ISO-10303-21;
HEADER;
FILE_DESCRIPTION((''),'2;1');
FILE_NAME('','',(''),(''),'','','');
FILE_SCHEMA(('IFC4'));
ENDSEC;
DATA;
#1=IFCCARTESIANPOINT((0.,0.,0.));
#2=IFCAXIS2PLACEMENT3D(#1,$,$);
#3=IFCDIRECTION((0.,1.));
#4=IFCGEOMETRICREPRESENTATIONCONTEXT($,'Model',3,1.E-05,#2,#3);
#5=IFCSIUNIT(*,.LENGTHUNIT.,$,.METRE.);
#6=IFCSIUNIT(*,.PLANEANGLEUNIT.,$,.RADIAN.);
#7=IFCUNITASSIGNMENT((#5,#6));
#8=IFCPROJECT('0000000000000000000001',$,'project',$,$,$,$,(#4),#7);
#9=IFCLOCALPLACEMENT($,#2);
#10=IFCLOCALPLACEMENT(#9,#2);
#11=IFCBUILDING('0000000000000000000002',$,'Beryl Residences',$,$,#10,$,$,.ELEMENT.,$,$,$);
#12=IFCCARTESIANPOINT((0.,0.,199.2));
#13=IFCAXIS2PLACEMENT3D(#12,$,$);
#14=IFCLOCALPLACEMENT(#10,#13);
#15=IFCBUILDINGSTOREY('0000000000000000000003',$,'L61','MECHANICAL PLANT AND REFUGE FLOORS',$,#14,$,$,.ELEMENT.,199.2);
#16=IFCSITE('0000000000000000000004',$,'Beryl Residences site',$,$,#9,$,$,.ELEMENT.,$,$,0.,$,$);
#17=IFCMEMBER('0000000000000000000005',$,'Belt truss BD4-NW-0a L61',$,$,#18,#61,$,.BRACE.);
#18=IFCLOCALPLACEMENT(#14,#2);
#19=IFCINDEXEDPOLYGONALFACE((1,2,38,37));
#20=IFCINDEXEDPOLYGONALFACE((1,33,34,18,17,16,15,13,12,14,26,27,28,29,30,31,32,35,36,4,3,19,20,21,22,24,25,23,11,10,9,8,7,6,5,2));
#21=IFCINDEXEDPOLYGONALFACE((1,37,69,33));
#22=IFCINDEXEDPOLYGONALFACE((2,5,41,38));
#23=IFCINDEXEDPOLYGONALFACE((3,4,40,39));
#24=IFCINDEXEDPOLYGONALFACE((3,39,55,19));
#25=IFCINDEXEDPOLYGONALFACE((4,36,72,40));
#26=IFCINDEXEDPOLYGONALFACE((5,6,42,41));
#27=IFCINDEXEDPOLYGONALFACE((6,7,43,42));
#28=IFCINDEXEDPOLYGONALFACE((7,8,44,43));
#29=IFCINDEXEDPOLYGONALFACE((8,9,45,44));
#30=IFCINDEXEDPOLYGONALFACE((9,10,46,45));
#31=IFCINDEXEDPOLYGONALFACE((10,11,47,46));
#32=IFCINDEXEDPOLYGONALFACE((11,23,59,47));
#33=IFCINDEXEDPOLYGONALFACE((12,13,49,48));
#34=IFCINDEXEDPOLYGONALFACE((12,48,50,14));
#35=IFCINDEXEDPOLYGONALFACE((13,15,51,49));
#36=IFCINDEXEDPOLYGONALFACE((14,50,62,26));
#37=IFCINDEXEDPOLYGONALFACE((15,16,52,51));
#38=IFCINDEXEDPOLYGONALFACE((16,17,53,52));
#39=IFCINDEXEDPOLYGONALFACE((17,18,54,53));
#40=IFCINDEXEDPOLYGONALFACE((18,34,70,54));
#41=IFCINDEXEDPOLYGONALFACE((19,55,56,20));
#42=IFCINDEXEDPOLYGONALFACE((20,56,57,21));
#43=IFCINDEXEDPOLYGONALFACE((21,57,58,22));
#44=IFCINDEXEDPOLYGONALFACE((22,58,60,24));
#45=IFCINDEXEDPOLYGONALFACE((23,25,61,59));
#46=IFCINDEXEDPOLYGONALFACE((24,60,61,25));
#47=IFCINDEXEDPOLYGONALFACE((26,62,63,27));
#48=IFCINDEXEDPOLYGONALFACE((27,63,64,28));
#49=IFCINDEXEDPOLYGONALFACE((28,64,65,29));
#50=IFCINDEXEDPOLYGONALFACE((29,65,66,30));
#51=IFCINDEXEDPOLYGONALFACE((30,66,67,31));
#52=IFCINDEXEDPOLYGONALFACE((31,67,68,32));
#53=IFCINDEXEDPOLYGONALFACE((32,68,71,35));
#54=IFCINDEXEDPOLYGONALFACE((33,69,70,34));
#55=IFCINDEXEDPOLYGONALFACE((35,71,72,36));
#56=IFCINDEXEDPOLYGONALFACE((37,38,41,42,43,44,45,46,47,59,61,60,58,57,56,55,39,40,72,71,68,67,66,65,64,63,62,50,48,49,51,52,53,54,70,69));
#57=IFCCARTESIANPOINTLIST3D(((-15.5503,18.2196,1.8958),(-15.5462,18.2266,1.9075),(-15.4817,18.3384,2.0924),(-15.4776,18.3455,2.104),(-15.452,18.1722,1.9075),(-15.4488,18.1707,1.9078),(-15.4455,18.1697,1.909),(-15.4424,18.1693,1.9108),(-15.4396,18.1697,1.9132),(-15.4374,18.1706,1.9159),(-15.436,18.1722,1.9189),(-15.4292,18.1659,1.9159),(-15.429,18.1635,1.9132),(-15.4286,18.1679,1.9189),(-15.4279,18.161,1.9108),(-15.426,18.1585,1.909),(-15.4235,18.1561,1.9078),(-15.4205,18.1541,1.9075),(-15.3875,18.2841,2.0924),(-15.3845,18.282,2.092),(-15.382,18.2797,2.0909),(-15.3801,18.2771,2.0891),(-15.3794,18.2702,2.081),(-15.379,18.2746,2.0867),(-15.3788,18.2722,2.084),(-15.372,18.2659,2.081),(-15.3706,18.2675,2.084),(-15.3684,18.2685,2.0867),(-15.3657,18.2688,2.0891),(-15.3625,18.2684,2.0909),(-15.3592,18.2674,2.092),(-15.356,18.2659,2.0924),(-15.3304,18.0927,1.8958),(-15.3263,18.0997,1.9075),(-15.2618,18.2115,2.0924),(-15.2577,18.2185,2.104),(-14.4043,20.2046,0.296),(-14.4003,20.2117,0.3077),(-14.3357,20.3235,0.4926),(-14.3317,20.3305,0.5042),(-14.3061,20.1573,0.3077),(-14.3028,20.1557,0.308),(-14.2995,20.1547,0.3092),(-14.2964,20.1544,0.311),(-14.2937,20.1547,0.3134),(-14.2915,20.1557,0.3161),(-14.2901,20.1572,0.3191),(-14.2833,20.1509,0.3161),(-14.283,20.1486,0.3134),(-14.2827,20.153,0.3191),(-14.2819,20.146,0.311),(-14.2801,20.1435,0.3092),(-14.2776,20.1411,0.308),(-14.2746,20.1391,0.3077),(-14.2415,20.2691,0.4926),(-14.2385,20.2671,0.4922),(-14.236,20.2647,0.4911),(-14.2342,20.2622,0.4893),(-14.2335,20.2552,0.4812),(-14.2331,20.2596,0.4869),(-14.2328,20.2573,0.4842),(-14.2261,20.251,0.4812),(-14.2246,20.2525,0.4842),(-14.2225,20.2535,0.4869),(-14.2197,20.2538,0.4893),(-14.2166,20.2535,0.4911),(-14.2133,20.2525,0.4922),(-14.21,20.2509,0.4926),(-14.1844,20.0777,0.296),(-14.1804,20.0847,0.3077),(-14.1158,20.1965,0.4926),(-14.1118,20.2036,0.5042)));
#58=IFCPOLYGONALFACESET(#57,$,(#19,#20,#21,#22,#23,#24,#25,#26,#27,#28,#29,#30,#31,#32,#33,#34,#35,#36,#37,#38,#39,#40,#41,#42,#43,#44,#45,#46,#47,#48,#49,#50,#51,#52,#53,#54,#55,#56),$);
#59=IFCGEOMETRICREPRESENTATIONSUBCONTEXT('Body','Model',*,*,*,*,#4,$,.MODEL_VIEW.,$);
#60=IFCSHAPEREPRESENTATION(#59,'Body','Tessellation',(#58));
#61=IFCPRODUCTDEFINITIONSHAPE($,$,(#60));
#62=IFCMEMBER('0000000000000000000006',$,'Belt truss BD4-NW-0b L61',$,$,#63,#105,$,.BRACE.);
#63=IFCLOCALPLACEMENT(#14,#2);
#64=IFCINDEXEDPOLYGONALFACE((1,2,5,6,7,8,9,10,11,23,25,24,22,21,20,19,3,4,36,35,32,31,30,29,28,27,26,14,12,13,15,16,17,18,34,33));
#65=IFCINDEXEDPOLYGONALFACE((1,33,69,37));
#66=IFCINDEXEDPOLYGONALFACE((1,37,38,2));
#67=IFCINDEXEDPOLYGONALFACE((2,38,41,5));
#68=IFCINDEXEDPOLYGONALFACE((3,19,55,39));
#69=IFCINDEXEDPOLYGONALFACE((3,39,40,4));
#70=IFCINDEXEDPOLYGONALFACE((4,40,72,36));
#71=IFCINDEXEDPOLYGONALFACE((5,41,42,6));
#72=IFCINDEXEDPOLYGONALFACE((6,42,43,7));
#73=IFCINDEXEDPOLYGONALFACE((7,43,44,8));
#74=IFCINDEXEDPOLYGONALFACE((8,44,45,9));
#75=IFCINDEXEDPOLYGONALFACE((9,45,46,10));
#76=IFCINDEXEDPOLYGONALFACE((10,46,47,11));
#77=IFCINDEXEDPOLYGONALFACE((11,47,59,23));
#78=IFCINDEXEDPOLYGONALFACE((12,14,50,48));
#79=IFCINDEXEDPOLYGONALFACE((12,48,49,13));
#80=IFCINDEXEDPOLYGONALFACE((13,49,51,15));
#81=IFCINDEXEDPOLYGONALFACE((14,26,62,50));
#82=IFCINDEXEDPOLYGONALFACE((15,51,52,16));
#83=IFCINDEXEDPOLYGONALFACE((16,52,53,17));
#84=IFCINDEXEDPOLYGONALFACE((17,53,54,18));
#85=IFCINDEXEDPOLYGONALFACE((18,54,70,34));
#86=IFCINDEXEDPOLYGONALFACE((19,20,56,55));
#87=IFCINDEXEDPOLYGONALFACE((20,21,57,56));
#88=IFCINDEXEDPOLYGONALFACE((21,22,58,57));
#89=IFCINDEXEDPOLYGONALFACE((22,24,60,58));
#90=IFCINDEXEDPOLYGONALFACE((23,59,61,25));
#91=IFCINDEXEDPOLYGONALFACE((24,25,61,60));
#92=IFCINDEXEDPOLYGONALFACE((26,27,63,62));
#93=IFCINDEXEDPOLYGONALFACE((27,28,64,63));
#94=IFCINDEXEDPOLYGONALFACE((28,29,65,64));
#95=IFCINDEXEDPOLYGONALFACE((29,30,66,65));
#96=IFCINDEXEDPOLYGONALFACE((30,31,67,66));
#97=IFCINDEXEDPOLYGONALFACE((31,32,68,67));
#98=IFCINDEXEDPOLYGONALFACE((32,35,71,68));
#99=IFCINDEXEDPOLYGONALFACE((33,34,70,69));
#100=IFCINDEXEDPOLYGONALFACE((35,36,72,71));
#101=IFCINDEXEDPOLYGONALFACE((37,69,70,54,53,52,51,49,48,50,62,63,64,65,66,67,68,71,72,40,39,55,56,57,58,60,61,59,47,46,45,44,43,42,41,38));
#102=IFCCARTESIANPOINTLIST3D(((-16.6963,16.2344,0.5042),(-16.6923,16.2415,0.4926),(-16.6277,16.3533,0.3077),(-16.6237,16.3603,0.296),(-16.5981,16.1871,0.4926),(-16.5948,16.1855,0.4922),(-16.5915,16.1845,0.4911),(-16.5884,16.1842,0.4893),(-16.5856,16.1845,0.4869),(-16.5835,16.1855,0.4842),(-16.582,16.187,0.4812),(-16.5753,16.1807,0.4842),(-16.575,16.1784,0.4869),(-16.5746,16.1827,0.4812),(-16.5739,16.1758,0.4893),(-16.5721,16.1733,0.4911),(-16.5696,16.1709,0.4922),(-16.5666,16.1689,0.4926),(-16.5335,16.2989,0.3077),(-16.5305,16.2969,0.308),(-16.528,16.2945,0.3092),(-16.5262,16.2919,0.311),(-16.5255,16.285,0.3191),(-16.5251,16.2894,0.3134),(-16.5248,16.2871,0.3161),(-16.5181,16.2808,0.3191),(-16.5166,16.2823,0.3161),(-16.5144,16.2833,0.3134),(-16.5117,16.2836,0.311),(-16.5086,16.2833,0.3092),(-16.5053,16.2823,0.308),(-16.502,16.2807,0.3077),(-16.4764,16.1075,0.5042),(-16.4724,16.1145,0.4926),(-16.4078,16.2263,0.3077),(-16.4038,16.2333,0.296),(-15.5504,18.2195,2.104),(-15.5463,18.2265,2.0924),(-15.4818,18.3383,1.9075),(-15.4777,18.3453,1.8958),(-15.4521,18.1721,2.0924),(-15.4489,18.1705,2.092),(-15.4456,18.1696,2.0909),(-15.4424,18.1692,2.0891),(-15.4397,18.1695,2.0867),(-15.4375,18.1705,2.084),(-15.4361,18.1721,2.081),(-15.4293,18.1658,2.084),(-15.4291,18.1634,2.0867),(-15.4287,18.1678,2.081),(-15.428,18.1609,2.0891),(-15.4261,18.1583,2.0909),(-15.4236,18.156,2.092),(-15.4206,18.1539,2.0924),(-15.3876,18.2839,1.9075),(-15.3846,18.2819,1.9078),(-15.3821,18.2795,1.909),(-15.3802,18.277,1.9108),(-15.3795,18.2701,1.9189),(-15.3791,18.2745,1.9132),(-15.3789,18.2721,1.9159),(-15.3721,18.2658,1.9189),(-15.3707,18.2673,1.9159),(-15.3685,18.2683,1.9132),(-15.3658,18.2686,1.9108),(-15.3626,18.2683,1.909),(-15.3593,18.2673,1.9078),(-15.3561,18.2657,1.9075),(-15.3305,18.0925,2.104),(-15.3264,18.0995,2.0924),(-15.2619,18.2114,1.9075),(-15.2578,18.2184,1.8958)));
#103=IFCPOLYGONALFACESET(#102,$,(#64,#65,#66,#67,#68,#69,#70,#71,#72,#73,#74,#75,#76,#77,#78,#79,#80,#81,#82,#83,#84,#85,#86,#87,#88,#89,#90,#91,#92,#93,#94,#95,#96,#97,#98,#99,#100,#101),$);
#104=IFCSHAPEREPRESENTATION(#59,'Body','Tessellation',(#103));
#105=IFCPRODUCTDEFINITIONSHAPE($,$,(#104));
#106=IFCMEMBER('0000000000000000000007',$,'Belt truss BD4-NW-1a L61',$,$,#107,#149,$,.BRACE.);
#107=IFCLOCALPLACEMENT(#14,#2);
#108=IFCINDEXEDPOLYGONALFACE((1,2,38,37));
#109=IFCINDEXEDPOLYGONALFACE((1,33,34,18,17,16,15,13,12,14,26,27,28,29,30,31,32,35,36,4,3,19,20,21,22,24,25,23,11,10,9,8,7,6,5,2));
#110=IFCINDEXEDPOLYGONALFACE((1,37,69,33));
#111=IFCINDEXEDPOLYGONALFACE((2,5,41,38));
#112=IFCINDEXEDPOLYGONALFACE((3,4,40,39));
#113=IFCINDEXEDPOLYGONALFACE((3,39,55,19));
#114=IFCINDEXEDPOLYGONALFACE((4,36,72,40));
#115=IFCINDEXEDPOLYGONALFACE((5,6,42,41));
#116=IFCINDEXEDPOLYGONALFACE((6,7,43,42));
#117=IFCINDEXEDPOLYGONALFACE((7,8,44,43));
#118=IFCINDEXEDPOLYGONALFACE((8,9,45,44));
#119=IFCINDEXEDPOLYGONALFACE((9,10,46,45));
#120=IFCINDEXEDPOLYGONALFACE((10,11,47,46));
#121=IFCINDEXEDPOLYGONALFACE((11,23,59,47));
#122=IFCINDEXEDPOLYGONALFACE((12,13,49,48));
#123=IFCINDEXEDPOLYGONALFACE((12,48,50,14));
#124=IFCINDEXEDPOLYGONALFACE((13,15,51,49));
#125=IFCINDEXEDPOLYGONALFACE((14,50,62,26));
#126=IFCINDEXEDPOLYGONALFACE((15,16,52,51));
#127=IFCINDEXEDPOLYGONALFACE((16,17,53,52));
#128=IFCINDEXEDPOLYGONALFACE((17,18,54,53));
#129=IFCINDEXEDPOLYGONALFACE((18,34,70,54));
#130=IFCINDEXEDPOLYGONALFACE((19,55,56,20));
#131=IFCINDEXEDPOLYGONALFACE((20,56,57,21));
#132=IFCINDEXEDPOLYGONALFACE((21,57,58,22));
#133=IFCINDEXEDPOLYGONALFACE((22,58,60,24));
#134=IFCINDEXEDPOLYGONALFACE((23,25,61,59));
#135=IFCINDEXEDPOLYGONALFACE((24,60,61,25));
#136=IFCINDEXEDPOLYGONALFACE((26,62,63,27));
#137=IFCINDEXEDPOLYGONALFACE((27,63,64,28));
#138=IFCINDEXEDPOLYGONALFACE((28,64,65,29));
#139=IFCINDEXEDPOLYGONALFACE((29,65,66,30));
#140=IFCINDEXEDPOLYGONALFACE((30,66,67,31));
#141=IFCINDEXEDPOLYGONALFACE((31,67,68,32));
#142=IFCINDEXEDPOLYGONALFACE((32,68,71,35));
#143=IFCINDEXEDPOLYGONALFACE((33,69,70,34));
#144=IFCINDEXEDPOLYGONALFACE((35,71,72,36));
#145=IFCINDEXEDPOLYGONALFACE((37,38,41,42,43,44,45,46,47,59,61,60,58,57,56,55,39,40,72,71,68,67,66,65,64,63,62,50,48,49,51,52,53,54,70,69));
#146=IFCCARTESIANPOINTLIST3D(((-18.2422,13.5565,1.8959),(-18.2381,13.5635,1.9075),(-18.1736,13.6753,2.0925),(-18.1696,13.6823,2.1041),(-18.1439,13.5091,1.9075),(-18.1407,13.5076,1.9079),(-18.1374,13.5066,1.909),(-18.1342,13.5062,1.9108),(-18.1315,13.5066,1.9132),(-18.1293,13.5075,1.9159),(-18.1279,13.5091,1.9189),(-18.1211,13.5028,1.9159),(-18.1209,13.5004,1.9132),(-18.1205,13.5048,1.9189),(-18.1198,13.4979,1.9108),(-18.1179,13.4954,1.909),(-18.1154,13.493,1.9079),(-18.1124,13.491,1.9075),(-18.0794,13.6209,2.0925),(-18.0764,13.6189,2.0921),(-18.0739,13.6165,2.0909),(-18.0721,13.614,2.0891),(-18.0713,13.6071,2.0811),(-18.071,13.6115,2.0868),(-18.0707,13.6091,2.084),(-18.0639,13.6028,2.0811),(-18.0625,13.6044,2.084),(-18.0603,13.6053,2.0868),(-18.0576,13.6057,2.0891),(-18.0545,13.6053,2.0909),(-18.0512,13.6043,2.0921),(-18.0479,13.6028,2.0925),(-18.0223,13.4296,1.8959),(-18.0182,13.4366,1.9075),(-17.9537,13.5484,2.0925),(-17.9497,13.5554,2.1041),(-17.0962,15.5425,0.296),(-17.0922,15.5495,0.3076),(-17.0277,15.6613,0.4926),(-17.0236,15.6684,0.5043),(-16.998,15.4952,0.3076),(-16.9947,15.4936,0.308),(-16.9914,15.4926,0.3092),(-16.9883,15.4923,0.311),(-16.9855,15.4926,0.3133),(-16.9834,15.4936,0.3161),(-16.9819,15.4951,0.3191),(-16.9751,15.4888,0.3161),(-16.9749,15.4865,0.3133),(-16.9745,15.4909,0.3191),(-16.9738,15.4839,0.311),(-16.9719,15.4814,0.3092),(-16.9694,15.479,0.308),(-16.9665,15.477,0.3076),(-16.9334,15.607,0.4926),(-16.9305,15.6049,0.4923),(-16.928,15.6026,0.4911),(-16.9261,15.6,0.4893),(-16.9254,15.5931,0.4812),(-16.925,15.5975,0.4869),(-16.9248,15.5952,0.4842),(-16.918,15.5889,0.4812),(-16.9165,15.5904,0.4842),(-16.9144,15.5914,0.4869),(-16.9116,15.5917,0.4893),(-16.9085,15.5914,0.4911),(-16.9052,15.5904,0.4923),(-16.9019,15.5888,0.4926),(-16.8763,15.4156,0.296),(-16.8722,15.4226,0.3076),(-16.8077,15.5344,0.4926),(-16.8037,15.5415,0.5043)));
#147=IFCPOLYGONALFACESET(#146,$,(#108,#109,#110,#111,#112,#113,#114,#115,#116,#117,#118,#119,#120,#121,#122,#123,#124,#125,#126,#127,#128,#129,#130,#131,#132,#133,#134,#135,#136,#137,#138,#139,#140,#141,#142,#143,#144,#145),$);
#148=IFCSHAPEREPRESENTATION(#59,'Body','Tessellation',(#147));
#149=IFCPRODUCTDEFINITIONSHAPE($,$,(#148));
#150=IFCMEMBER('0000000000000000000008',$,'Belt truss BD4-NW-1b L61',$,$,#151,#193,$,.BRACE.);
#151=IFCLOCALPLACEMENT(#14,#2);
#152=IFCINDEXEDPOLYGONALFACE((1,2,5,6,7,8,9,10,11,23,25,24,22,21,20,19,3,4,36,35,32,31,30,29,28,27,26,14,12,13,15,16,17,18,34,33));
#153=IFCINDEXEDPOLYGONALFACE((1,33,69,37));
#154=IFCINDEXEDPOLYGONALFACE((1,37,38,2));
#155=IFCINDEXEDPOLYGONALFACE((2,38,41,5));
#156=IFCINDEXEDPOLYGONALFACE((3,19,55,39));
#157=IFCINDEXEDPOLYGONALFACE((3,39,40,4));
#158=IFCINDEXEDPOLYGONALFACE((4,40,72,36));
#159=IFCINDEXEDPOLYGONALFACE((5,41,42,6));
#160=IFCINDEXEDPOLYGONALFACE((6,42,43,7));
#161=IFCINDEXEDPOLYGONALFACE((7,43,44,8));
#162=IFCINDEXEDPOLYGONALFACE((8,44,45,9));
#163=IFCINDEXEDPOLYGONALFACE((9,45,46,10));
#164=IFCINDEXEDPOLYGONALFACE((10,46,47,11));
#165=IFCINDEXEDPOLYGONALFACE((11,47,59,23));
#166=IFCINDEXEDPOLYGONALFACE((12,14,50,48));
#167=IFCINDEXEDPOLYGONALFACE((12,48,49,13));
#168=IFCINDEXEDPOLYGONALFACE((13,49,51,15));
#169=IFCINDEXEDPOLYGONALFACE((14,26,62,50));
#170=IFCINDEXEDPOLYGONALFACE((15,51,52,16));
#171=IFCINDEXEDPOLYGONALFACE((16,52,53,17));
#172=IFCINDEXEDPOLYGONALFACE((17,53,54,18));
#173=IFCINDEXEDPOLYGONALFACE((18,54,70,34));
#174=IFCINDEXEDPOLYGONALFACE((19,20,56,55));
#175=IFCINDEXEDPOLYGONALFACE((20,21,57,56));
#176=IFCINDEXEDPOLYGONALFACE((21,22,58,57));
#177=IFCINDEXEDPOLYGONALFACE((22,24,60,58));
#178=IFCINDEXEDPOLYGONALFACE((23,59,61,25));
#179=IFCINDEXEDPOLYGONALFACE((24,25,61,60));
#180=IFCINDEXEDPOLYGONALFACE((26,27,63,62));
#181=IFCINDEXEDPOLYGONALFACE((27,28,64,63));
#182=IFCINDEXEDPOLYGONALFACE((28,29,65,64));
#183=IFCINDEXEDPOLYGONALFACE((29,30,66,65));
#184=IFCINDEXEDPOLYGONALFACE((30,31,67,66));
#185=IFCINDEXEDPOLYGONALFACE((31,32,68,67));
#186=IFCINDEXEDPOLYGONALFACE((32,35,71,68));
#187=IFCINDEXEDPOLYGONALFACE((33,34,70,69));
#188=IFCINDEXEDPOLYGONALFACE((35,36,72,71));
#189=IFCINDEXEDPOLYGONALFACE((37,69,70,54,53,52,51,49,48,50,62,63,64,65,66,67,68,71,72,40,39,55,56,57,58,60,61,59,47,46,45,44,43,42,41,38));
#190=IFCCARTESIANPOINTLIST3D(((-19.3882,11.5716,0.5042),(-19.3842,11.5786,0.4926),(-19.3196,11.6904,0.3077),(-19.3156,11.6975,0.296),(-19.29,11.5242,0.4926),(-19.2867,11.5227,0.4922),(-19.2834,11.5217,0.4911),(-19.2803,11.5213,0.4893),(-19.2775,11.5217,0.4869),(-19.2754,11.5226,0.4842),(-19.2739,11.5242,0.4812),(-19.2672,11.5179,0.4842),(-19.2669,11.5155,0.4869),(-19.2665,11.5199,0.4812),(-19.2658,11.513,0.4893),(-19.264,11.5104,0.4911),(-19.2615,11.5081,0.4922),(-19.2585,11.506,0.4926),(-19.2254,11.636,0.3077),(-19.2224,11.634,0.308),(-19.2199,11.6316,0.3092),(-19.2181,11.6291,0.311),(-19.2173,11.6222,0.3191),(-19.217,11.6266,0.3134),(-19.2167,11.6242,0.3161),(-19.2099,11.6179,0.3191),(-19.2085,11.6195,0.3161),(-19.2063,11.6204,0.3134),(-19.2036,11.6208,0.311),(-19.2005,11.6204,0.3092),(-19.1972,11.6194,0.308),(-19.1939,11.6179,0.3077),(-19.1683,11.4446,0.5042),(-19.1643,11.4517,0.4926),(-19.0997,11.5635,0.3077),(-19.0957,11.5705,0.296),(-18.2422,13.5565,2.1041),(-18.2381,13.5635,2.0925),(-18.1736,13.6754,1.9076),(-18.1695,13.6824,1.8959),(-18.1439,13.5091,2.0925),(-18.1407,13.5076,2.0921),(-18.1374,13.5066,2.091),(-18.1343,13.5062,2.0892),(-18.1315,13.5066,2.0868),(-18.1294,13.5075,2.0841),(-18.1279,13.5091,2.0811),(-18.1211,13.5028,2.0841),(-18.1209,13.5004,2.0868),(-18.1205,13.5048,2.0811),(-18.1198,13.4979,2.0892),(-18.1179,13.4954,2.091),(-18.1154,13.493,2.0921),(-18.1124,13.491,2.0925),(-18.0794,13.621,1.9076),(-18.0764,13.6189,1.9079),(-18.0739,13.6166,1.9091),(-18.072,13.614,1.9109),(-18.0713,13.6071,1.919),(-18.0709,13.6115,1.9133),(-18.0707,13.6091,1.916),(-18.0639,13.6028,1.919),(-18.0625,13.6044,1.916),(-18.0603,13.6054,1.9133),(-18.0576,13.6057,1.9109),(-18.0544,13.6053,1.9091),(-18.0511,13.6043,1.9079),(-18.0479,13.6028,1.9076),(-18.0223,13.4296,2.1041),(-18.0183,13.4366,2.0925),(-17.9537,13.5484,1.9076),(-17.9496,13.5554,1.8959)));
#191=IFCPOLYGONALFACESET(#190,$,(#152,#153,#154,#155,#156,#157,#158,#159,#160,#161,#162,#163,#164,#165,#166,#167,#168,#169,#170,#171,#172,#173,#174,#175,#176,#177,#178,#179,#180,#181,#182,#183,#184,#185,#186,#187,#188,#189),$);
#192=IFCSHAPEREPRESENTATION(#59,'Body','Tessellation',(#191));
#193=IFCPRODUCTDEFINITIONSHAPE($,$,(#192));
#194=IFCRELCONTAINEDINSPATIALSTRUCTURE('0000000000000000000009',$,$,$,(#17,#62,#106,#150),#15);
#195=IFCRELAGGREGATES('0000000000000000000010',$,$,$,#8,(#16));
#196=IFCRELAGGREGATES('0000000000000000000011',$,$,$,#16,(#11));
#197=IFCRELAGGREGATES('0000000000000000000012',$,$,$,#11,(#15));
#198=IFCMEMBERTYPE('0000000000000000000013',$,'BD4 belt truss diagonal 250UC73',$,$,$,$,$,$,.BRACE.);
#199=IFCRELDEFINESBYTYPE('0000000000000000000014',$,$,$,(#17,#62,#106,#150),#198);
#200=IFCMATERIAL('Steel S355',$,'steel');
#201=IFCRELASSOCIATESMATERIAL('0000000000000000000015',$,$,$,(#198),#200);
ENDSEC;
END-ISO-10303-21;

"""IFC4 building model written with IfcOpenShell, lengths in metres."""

from ifc_helpers import new_model, si_unit, direction, frame, origin, origin_2d, place, context, subcontext, project, spatial, i_section, extrude, material, material_profile, profile_set, type_object, element, save


model = new_model("IFC4")

# Units and contexts
model_context = context("Model", 3, precision=1e-05, world=origin(), true_north=direction((0.0, 1.0)))
body_context = subcontext(model_context, "Body", "Model", "MODEL_VIEW")
ifc_project = project(units=[si_unit("LENGTHUNIT", "METRE"), si_unit("PLANEANGLEUNIT", "RADIAN")], contexts=[model_context])

# Site, building, storey
site_placement = place(None, origin())
site = spatial("IfcSite", under=ifc_project, at=site_placement, Name="Beryl Residences site", CompositionType="ELEMENT", RefElevation=0.0)
building_placement = place(site_placement, origin())
building = spatial("IfcBuilding", under=site, at=building_placement, Name="Beryl Residences", CompositionType="ELEMENT")
storey_placement = place(building_placement, frame((0.0, 0.0, 199.2)))
storey = spatial("IfcBuildingStorey", under=building, at=storey_placement, Name="L61", Description="MECHANICAL PLANT AND REFUGE FLOORS", CompositionType="ELEMENT", Elevation=199.2)

# Members
ifc_material_1 = material(Name="Steel S355", Category="steel")
ifc_material_profile_1 = material_profile(ifc_material_1, i_section(OverallWidth=0.2539, OverallDepth=0.2539, WebThickness=0.0085, FlangeThickness=0.0142, FilletRadius=0.0139, at=origin_2d()))
ifc_profile_set_1 = profile_set([ifc_material_profile_1], Name="Steel S355")
member_type_1 = type_object("IfcMemberType", Name="BD4 belt truss diagonal 250UC73", PredefinedType="BRACE", material=ifc_profile_set_1)
for number, where, z_axis, x_axis, name in (
    (1, (-14.2581, 20.2041, 0.4001), (-0.409978, -0.710169, 0.572345), (0.866045, -0.499965, 0.0), "Belt truss BD4-NW-0a L61"),
    (2, (-16.55, 16.2339, 0.4001), (0.409978, 0.710169, 0.572345), (-0.866045, 0.499965, 0.0), "Belt truss BD4-NW-0b L61"),
):
    element("IfcMember", number, at=place(storey_placement, frame(where, z_axis=z_axis, x_axis=x_axis)), inside=storey, type_object=member_type_1, Name=name, PredefinedType="BRACE", context=body_context, shape_type="SweptSolid", body=[
        extrude(i_section(OverallWidth=0.2539, OverallDepth=0.2539, WebThickness=0.0085, FlangeThickness=0.0142, FilletRadius=0.0139, at=origin_2d()), origin(), (0.0, 0.0, 1.0), 2.7952),
    ])
member_1_placement = place(storey_placement, frame((-16.95, 15.542, 0.4001), z_axis=(-0.409876, -0.710342, 0.572203), x_axis=(0.866152, -0.499781, 0.0)))
element("IfcMember", 3, at=member_1_placement, inside=storey, type_object=member_type_1, Name="Belt truss BD4-NW-1a L61", PredefinedType="BRACE", context=body_context, shape_type="SweptSolid", body=[
    extrude(i_section(OverallWidth=0.2539, OverallDepth=0.2539, WebThickness=0.0085, FlangeThickness=0.0142, FilletRadius=0.0139, at=origin_2d()), origin(), (0.0, 0.0, 1.0), 2.7959),
])
member_2_placement = place(storey_placement, frame((-19.2419, 11.571, 0.4001), z_axis=(0.410003, 0.710125, 0.57238), x_axis=(-0.866019, 0.500011, 0.0)))
element("IfcMember", 4, at=member_2_placement, inside=storey, type_object=member_type_1, Name="Belt truss BD4-NW-1b L61", PredefinedType="BRACE", context=body_context, shape_type="SweptSolid", body=[
    extrude(i_section(OverallWidth=0.2539, OverallDepth=0.2539, WebThickness=0.0085, FlangeThickness=0.0142, FilletRadius=0.0139, at=origin_2d()), origin(), (0.0, 0.0, 1.0), 2.7952),
])

save(model, "model.ifc")
